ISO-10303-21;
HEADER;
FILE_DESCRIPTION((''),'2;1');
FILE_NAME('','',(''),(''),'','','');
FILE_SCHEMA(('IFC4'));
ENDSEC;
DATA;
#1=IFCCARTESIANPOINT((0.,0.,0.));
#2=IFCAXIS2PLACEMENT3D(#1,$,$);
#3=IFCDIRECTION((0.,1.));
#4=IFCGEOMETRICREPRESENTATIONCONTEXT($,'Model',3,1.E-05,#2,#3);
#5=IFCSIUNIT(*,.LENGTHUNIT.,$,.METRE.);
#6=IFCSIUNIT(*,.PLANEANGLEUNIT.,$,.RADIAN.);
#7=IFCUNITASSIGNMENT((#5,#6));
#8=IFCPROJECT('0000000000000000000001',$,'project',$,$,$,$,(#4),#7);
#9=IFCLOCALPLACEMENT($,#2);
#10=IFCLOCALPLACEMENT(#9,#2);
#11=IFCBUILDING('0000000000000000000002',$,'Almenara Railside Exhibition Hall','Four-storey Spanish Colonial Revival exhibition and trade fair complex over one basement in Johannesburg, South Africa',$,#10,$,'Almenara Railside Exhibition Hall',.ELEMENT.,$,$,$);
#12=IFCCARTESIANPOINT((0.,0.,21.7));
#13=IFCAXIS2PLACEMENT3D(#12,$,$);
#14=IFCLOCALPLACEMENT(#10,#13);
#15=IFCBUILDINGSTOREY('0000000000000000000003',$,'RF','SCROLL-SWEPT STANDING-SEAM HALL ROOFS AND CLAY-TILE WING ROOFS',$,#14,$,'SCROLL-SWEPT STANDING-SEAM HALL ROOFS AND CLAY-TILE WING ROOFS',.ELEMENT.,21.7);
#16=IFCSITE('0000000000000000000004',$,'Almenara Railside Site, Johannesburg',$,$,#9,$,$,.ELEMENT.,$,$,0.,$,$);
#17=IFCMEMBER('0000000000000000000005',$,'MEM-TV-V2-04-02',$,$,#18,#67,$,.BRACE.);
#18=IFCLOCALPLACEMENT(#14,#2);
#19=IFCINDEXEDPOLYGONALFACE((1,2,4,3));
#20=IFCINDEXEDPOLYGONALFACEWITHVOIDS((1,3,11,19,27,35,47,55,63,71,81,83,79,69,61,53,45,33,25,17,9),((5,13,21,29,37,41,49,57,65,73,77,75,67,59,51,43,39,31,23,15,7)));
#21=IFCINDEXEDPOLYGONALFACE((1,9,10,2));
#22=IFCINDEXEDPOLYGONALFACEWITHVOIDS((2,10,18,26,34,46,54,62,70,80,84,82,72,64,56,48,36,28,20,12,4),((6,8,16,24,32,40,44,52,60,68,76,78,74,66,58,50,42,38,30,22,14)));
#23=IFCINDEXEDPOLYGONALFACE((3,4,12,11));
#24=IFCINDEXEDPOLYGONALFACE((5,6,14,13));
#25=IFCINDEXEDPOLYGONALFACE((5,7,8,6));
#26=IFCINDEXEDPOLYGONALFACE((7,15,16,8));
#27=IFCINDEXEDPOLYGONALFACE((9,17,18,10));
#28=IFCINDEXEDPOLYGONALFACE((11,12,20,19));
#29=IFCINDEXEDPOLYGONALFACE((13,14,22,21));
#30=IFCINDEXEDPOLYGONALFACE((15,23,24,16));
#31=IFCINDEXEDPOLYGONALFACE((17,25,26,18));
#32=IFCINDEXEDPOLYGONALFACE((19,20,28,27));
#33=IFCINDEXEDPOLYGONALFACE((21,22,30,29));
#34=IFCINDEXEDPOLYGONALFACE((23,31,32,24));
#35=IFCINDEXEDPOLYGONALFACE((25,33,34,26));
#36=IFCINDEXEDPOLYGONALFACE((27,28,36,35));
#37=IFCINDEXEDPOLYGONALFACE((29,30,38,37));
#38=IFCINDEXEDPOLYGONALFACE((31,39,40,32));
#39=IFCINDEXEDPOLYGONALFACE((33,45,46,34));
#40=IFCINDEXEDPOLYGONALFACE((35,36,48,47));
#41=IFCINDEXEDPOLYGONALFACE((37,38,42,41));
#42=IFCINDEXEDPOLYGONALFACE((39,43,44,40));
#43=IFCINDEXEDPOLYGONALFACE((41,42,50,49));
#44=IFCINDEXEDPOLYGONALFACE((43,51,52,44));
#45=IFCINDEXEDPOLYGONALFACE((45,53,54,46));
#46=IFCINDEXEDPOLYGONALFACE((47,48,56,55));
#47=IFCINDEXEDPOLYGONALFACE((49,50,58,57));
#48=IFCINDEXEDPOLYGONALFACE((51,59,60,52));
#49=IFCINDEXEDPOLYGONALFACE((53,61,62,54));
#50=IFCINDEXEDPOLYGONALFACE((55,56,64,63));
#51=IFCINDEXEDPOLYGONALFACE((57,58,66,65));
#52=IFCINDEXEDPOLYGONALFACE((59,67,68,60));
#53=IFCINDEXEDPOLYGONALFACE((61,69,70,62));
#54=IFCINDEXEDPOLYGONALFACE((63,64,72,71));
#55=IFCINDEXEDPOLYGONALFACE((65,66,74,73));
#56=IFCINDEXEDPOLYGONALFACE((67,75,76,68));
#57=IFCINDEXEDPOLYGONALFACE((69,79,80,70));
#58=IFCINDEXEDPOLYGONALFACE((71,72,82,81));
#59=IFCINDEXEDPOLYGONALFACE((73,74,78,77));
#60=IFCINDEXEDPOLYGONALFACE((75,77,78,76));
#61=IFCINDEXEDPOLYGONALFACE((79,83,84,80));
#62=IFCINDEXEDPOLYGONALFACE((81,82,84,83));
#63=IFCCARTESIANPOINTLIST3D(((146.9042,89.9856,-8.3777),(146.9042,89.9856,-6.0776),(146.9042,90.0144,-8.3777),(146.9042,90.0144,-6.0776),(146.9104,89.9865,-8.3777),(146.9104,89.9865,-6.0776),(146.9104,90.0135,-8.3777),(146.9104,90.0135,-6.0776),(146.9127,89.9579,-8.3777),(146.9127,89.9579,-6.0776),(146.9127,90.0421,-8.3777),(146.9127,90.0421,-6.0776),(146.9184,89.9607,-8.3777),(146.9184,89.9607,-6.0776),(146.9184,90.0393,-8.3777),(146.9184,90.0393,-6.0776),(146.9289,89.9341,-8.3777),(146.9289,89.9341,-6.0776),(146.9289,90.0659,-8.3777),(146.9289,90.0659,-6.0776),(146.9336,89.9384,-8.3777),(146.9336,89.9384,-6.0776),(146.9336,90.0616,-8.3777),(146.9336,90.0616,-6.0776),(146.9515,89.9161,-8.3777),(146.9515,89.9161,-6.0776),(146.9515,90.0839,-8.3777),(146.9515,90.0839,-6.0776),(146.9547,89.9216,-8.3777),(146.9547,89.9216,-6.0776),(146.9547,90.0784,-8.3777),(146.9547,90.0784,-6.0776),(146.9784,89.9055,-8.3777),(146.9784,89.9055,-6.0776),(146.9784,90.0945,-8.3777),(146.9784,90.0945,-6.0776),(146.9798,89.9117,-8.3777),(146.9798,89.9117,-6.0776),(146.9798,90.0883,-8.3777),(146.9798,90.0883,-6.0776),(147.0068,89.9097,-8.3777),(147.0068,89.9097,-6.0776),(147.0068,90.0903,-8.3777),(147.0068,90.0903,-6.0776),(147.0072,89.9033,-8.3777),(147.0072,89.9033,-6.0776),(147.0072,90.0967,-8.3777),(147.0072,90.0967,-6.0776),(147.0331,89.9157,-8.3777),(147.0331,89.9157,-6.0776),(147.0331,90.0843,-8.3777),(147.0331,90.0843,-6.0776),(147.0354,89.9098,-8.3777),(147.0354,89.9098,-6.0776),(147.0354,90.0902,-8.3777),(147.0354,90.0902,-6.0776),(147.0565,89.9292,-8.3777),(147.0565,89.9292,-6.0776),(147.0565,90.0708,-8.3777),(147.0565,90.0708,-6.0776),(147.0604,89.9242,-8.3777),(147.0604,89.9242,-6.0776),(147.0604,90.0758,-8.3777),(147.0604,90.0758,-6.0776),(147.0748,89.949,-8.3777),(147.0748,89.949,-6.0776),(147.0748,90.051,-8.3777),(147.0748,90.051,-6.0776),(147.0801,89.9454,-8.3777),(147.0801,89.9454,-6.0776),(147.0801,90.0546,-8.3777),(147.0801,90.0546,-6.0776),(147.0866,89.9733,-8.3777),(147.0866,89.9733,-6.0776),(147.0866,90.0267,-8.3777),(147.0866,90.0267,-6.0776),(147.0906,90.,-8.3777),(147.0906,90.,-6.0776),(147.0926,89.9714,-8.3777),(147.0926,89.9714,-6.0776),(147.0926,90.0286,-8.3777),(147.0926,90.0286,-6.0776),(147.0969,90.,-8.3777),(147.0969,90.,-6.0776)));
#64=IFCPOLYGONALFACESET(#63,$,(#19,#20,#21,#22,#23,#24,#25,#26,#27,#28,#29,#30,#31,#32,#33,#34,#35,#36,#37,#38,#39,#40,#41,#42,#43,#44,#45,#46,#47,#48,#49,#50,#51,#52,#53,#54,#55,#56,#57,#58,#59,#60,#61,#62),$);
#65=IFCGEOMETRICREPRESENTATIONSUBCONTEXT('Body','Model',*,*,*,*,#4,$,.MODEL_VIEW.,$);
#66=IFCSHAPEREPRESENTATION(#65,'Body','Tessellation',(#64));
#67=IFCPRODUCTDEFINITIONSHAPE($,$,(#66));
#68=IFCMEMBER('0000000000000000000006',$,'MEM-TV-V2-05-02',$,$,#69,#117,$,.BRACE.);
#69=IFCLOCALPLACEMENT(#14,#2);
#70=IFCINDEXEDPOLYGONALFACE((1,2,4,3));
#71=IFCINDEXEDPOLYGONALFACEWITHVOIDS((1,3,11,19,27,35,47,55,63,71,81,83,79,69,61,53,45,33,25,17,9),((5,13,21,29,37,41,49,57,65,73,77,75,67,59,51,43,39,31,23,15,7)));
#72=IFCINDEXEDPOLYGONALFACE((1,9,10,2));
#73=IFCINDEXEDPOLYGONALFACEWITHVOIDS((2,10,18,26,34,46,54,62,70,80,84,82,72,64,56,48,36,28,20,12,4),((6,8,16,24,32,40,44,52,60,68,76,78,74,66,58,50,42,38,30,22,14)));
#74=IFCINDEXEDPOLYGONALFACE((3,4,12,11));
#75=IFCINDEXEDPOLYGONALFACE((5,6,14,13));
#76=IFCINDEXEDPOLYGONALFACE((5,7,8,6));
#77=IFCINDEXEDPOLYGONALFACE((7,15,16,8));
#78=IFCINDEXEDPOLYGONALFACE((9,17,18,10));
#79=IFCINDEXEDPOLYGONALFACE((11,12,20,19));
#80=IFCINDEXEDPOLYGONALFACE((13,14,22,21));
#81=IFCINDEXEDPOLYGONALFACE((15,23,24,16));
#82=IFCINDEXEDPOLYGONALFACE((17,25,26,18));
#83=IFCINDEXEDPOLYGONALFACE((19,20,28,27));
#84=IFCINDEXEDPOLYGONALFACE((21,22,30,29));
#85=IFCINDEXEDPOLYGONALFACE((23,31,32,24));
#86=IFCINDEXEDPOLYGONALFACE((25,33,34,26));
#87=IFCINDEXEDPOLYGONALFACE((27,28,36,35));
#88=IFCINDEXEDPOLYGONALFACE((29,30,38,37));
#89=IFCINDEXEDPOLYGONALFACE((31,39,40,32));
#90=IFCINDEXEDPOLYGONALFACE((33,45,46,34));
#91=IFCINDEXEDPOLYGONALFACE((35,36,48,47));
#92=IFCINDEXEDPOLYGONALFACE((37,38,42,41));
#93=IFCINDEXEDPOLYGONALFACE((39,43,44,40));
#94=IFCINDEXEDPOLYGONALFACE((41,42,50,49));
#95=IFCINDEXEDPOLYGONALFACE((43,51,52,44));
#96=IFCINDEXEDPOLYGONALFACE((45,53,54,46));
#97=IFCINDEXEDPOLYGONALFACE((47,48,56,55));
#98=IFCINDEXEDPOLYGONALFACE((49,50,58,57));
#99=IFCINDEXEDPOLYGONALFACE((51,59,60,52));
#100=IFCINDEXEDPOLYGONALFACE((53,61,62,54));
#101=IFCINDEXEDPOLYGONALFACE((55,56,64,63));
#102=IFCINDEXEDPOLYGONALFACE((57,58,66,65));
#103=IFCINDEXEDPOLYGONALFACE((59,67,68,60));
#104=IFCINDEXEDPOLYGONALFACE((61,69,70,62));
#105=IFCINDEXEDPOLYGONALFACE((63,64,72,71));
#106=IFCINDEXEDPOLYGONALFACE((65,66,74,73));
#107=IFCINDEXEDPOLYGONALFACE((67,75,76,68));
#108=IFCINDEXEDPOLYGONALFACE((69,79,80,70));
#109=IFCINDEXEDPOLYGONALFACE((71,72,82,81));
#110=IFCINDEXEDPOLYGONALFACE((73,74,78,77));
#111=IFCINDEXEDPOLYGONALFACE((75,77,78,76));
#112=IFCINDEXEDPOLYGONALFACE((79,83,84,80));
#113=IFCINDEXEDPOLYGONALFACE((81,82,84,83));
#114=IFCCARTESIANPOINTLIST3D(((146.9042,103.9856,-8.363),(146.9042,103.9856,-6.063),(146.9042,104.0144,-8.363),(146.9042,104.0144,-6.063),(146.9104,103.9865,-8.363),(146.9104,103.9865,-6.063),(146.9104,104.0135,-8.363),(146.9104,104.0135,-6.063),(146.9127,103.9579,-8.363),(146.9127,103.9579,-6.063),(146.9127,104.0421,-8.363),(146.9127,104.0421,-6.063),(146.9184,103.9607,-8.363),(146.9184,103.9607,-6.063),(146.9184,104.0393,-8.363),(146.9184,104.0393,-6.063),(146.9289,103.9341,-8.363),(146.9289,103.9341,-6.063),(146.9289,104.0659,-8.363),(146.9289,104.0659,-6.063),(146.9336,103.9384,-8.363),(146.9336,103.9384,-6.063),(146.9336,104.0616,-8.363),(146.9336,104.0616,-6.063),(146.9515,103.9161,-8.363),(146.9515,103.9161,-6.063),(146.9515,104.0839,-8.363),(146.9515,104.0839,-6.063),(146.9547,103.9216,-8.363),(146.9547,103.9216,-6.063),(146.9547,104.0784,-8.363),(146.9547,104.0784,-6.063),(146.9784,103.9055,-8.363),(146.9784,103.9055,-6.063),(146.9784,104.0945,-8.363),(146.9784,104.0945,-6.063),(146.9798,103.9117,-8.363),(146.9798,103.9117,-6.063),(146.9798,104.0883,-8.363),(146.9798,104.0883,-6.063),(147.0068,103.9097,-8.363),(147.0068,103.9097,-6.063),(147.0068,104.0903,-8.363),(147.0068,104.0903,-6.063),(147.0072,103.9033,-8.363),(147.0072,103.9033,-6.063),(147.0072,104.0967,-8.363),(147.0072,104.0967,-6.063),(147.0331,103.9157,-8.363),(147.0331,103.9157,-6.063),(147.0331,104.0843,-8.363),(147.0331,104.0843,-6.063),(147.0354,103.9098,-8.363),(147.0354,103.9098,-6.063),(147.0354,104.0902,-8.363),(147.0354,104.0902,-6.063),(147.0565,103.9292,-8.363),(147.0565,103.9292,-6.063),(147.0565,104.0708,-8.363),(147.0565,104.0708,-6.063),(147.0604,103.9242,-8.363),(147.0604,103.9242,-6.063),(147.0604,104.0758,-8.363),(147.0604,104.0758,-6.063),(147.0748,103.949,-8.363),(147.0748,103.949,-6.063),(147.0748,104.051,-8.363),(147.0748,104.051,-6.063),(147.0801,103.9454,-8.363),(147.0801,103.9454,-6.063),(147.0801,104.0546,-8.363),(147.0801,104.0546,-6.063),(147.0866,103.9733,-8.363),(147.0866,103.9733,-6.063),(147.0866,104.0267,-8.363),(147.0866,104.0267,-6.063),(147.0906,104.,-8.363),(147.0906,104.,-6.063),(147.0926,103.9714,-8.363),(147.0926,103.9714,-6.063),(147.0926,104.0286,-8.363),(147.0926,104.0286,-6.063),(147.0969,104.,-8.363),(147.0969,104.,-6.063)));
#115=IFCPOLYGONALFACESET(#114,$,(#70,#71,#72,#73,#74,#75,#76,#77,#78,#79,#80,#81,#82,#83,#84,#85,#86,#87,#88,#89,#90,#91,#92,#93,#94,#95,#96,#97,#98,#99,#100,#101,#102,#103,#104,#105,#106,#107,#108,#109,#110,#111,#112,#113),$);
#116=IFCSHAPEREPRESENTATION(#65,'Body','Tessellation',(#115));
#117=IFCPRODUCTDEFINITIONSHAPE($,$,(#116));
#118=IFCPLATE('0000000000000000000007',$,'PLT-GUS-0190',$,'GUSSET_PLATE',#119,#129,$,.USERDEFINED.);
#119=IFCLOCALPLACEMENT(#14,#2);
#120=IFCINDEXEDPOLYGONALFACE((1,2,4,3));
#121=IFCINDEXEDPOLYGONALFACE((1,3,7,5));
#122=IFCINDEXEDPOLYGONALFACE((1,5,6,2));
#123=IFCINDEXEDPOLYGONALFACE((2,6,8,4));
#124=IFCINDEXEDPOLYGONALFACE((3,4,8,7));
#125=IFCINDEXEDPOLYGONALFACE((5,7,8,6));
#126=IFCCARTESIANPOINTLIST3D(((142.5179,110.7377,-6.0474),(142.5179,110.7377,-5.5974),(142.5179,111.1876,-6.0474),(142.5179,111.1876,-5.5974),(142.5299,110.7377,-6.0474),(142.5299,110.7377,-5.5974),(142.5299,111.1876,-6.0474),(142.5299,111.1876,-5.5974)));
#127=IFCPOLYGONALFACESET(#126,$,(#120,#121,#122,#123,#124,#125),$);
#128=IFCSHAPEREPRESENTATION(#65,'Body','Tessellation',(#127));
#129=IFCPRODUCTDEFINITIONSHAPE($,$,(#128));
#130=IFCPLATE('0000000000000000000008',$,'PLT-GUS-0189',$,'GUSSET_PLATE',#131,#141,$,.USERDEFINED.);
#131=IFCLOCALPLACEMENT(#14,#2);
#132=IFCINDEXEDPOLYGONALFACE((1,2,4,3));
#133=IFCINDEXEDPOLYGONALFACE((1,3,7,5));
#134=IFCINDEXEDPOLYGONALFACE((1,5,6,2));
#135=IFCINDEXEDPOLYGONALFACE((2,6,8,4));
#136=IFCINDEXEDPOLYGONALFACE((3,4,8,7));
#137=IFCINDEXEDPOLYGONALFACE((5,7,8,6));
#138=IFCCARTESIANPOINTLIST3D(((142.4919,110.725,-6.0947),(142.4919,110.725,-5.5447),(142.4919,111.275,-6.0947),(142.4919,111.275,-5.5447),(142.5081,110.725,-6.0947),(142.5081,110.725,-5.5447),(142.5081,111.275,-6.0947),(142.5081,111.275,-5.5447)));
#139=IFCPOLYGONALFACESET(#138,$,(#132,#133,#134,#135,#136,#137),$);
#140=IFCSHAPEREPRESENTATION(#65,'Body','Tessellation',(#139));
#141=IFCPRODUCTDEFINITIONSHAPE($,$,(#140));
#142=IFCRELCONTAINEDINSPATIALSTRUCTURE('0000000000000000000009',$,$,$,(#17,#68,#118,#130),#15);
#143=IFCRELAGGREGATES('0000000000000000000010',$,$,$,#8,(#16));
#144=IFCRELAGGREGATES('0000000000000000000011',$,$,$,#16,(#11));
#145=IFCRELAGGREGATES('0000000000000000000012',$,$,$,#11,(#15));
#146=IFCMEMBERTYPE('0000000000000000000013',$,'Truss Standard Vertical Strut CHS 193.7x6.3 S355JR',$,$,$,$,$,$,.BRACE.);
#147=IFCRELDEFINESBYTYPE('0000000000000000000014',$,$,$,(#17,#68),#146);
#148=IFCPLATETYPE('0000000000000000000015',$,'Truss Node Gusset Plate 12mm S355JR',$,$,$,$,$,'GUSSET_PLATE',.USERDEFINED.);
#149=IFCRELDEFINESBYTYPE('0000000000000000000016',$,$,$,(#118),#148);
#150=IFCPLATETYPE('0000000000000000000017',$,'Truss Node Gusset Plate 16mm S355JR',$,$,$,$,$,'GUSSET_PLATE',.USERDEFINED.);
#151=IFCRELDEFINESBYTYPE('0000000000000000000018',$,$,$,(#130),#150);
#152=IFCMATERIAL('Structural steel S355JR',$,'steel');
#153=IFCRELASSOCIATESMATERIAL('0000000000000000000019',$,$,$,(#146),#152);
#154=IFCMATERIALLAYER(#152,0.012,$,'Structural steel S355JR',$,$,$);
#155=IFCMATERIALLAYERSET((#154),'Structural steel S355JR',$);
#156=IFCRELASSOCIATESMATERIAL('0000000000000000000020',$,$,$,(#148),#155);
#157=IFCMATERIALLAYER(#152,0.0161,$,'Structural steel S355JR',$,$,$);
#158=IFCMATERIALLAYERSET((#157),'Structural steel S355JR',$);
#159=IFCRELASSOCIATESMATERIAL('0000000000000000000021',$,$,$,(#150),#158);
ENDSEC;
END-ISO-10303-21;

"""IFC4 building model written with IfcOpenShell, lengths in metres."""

from ifc_helpers import new_model, si_unit, direction, frame, origin, origin_2d, place, context, subcontext, project, spatial, rectangle, hollow_circle, extrude, material, layer, layer_set, material_profile, profile_set, type_object, element, save


model = new_model("IFC4")

# Units and contexts
model_context = context("Model", 3, precision=1e-05, world=origin(), true_north=direction((0.0, 1.0)))
body_context = subcontext(model_context, "Body", "Model", "MODEL_VIEW")
ifc_project = project(units=[si_unit("LENGTHUNIT", "METRE"), si_unit("PLANEANGLEUNIT", "RADIAN")], contexts=[model_context])

# Site, building, storey
site_placement = place(None, origin())
site = spatial("IfcSite", under=ifc_project, at=site_placement, Name="Almenara Railside Site, Johannesburg", CompositionType="ELEMENT", RefElevation=0.0)
building_placement = place(site_placement, origin())
building = spatial("IfcBuilding", under=site, at=building_placement, Name="Almenara Railside Exhibition Hall", Description="Four-storey Spanish Colonial Revival exhibition and trade fair complex over one basement in Johannesburg, South Africa", LongName="Almenara Railside Exhibition Hall", CompositionType="ELEMENT")
storey_placement = place(building_placement, frame((0.0, 0.0, 21.7)))
storey = spatial("IfcBuildingStorey", under=building, at=storey_placement, Name="RF", Description="SCROLL-SWEPT STANDING-SEAM HALL ROOFS AND CLAY-TILE WING ROOFS", LongName="SCROLL-SWEPT STANDING-SEAM HALL ROOFS AND CLAY-TILE WING ROOFS", CompositionType="ELEMENT", Elevation=21.7)

# Members
ifc_material = material(Name="Structural steel S355JR", Category="steel")
ifc_material_profile_1 = material_profile(ifc_material, hollow_circle(Radius=0.0969, WallThickness=0.0063, at=origin_2d()), Name="CHS 193.7x6.3")
ifc_profile_set_1 = profile_set([ifc_material_profile_1], Name="Structural steel S355JR")
member_type_1 = type_object("IfcMemberType", Name="Truss Standard Vertical Strut CHS 193.7x6.3 S355JR", PredefinedType="BRACE", material=ifc_profile_set_1)
for number, where, z_axis, x_axis, name in (
    (1, (147.0, 90.0, -8.3777), (0.0, 0.0, 1.0), (1.0, 0.0, 0.0), "MEM-TV-V2-04-02"),
    (2, (147.0, 104.0, -8.363), (0.0, 0.0, 1.0), (1.0, 0.0, 0.0), "MEM-TV-V2-05-02"),
):
    element("IfcMember", number, at=place(storey_placement, frame(where, z_axis=z_axis, x_axis=x_axis)), inside=storey, type_object=member_type_1, Name=name, PredefinedType="BRACE", context=body_context, shape_type="SweptSolid", body=[
        extrude(hollow_circle(Radius=0.0969, WallThickness=0.0063, at=origin_2d()), origin(), (0.0, 0.0, 1.0), 2.3),
    ])

# Plates
ifc_layer_1 = layer(ifc_material, 0.012, Name="Structural steel S355JR")
ifc_layer_set_1 = layer_set([ifc_layer_1], Name="Structural steel S355JR")
plate_type_1 = type_object("IfcPlateType", Name="Truss Node Gusset Plate 12mm S355JR", ElementType="GUSSET_PLATE", PredefinedType="USERDEFINED", material=ifc_layer_set_1)
plate_1_placement = place(storey_placement, frame((142.5239, 110.9626, -6.0474), z_axis=(0.0, 0.0, 1.0), x_axis=(0.0, 1.0, 0.0)))
element("IfcPlate", 3, at=plate_1_placement, inside=storey, type_object=plate_type_1, Name="PLT-GUS-0190", ObjectType="GUSSET_PLATE", PredefinedType="USERDEFINED", context=body_context, shape_type="SweptSolid", body=[
    extrude(rectangle(XDim=0.45, YDim=0.012, at=origin_2d()), origin(), (0.0, 0.0, 1.0), 0.45),
])
ifc_layer_2 = layer(ifc_material, 0.0161, Name="Structural steel S355JR")
ifc_layer_set_2 = layer_set([ifc_layer_2], Name="Structural steel S355JR")
plate_type_2 = type_object("IfcPlateType", Name="Truss Node Gusset Plate 16mm S355JR", ElementType="GUSSET_PLATE", PredefinedType="USERDEFINED", material=ifc_layer_set_2)
plate_2_placement = place(storey_placement, frame((142.5, 111.0, -6.0947), z_axis=(0.0, 0.0, 1.0), x_axis=(0.0, 1.0, 0.0)))
element("IfcPlate", 4, at=plate_2_placement, inside=storey, type_object=plate_type_2, Name="PLT-GUS-0189", ObjectType="GUSSET_PLATE", PredefinedType="USERDEFINED", context=body_context, shape_type="SweptSolid", body=[
    extrude(rectangle(XDim=0.55, YDim=0.0161, at=origin_2d()), origin(), (0.0, 0.0, 1.0), 0.55),
])

save(model, "model.ifc")
